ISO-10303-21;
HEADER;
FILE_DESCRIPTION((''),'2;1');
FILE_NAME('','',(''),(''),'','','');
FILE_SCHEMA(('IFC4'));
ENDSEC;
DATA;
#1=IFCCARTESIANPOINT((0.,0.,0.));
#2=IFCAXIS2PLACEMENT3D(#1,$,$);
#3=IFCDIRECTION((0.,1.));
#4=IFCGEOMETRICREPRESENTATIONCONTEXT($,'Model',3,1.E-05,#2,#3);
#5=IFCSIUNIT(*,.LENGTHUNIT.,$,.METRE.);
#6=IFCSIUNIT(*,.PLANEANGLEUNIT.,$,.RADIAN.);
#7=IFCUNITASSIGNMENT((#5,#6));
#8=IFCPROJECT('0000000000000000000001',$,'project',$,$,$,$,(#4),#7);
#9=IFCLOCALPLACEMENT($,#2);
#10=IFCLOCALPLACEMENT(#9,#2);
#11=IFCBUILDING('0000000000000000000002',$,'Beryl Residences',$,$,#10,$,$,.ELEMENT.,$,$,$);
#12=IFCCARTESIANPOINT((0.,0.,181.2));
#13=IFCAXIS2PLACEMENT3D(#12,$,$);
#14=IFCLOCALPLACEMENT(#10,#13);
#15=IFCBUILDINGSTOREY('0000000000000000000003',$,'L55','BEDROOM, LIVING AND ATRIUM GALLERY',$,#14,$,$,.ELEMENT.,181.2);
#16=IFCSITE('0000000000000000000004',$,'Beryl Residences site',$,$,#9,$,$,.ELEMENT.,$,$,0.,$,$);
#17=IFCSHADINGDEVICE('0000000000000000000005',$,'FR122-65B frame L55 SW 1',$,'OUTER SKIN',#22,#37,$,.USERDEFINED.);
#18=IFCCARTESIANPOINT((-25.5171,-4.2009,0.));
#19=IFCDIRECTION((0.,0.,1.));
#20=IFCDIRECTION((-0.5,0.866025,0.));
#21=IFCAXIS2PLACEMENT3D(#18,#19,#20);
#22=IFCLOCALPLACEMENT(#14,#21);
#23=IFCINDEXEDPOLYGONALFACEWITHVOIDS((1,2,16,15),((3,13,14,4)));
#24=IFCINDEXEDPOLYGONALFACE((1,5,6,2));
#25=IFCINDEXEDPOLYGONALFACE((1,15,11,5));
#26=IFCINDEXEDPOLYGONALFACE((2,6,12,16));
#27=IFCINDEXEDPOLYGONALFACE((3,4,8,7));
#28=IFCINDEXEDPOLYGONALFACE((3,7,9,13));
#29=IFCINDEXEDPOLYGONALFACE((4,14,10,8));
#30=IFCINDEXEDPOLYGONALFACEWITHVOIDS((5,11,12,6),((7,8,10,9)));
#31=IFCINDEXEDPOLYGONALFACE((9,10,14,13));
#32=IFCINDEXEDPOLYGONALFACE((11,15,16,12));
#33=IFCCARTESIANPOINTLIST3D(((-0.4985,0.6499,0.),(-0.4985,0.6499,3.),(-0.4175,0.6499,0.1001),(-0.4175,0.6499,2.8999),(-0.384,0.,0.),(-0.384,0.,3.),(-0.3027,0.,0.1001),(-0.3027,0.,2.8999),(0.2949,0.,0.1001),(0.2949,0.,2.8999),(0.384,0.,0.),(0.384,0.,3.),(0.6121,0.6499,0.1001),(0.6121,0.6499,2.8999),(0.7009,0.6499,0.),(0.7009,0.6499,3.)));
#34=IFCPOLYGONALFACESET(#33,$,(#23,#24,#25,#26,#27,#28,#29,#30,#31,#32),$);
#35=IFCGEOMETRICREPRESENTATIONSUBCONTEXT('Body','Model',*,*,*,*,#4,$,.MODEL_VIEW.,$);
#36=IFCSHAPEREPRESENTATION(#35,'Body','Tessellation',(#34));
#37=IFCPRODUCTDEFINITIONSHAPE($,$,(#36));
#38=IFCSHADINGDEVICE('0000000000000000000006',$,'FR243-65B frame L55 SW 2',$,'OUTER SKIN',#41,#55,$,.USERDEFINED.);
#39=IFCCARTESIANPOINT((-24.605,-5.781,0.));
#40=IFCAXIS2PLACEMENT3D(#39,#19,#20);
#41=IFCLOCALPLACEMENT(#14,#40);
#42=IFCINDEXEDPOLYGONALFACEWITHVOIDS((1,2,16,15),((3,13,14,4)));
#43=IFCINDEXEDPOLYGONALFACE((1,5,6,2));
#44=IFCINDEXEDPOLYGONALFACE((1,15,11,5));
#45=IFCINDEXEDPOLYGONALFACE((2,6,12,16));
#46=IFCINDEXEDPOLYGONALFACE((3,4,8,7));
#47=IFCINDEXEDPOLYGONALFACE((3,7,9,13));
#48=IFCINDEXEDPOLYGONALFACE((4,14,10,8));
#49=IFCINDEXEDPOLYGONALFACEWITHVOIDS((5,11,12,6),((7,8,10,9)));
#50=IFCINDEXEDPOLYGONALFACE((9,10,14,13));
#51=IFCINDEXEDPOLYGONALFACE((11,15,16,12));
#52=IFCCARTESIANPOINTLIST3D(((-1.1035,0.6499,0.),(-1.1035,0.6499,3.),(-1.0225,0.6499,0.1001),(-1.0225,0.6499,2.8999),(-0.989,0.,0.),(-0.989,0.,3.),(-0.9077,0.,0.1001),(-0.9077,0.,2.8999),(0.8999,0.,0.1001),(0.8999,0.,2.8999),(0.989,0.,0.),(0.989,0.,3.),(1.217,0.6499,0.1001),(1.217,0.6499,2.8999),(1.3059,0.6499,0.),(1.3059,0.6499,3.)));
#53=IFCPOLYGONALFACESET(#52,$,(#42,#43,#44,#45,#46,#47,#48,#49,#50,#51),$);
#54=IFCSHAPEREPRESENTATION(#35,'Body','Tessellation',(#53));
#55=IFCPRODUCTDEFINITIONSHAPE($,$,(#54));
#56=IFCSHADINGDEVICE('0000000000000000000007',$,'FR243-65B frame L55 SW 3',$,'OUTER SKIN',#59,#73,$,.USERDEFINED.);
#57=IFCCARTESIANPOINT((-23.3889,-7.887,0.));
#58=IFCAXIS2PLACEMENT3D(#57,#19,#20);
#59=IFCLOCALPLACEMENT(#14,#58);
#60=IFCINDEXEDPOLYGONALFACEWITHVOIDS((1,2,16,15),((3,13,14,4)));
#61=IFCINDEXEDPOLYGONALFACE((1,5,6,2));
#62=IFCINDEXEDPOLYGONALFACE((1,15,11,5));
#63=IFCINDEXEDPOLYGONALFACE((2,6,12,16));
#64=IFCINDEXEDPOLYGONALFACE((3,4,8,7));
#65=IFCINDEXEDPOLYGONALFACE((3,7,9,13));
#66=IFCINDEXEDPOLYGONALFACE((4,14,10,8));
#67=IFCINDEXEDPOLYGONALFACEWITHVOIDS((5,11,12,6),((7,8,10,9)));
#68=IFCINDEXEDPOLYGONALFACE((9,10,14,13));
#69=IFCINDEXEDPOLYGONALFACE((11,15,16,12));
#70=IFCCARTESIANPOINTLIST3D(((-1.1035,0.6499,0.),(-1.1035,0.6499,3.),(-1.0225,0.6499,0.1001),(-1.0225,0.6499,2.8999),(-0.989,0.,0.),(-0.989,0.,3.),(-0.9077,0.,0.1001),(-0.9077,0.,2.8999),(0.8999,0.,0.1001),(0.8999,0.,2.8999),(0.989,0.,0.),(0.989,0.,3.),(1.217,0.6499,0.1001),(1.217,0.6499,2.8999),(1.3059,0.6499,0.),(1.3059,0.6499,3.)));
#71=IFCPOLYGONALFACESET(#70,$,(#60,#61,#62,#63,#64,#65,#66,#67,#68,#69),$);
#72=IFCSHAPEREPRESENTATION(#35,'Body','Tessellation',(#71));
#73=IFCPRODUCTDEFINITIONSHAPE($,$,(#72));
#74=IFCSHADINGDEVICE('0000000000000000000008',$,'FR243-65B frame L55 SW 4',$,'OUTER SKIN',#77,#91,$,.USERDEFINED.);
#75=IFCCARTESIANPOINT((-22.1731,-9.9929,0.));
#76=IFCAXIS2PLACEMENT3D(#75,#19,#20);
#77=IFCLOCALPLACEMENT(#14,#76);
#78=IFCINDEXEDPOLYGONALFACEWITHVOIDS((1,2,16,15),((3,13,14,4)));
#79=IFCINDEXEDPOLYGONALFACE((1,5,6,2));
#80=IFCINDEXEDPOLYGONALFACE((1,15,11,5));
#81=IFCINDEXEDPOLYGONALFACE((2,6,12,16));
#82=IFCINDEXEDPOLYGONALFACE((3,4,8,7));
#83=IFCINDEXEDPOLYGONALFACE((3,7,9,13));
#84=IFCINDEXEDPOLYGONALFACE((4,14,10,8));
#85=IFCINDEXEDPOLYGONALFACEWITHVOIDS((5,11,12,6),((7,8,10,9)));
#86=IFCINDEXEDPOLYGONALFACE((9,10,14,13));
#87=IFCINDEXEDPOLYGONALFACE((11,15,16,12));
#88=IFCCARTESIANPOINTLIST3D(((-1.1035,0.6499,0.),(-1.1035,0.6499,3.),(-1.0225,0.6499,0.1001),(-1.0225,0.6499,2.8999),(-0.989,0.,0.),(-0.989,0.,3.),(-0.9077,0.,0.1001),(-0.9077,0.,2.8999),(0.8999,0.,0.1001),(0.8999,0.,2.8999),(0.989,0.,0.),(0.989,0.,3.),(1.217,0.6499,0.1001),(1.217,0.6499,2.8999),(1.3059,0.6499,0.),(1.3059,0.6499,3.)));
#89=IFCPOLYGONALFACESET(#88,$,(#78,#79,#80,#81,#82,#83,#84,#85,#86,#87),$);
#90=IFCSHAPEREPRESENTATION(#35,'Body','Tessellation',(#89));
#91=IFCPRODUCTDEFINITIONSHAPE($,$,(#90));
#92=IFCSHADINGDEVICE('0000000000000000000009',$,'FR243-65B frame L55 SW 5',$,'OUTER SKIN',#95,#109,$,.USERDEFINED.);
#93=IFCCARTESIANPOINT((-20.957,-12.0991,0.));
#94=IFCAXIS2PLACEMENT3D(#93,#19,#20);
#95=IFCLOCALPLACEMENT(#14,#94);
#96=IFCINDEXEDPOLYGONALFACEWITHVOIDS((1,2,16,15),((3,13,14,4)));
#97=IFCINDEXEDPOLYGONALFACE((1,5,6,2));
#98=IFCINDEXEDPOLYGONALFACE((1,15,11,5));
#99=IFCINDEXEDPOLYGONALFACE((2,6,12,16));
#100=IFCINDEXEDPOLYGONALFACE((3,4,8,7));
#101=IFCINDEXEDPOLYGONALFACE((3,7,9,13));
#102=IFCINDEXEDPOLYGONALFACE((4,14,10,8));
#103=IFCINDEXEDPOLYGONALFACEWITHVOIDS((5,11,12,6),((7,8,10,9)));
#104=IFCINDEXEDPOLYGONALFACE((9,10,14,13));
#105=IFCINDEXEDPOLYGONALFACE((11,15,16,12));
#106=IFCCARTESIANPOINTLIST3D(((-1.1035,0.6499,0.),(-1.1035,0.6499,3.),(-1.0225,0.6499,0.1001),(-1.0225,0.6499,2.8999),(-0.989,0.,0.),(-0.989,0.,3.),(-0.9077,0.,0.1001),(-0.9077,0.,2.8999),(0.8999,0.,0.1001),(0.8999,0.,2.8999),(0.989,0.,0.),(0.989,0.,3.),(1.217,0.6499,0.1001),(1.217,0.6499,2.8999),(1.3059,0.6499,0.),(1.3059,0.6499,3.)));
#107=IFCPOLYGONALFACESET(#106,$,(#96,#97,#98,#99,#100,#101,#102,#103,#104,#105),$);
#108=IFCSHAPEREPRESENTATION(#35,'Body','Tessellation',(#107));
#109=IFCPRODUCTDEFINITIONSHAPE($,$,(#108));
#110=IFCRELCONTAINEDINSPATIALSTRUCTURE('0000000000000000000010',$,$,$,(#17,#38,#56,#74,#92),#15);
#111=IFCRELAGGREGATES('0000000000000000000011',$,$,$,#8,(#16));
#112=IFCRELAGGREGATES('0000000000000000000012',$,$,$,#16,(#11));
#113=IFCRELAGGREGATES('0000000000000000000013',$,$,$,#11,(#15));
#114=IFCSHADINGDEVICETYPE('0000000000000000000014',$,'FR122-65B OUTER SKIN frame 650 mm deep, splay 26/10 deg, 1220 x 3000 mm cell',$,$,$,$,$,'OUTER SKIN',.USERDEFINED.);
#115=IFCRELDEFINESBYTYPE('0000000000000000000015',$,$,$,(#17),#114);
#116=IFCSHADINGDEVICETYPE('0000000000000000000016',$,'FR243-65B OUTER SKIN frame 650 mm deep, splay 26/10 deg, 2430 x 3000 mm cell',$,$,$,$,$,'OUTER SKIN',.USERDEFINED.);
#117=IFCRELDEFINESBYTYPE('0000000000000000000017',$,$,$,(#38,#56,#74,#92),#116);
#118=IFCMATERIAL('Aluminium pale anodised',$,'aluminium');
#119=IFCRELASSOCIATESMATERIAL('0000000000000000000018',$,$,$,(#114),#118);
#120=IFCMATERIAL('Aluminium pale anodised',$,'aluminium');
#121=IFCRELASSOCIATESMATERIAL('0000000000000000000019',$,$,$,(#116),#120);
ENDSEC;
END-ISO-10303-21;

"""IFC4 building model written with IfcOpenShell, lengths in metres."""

from ifc_helpers import new_model, entity, si_unit, direction, frame, origin, place, context, subcontext, project, spatial, source, transform, mapped, material, type_object, type_shapes, element, save


model = new_model("IFC4")

# Units and contexts
model_context = context("Model", 3, precision=1e-05, world=origin(), true_north=direction((0.0, 1.0)))
body_context = subcontext(model_context, "Body", "Model", "MODEL_VIEW")
ifc_project = project(units=[si_unit("LENGTHUNIT", "METRE"), si_unit("PLANEANGLEUNIT", "RADIAN")], contexts=[model_context])

# Site, building, storey
site_placement = place(None, origin())
site = spatial("IfcSite", under=ifc_project, at=site_placement, Name="Beryl Residences site", CompositionType="ELEMENT", RefElevation=0.0)
building_placement = place(site_placement, origin())
building = spatial("IfcBuilding", under=site, at=building_placement, Name="Beryl Residences", CompositionType="ELEMENT")
storey_placement = place(building_placement, frame((0.0, 0.0, 181.2)))
storey = spatial("IfcBuildingStorey", under=building, at=storey_placement, Name="L55", Description="BEDROOM, LIVING AND ATRIUM GALLERY", CompositionType="ELEMENT", Elevation=181.2)

# Shading devices
ifc_material_1 = material(Name="Aluminium pale anodised", Category="aluminium")
shading_device_type_1 = type_object("IfcShadingDeviceType", Name="FR122-65B OUTER SKIN frame 650 mm deep, splay 26/10 deg, 1220 x 3000 mm cell", ElementType="OUTER SKIN", PredefinedType="USERDEFINED", material=ifc_material_1)
cartesian_point_1 = entity("IfcCartesianPoint", [-0.384, 0.0])
cartesian_point_2 = entity("IfcCartesianPoint", [-0.2949, 0.1001])
cartesian_point_3 = entity("IfcCartesianPoint", [-0.7009, 0.0])
cartesian_point_4 = entity("IfcCartesianPoint", [-0.6121, 0.1001])
shared_shape_1 = source(origin(), body_context, "Body", "SweptSolid", [
    entity("IfcExtrudedAreaSolidTapered", entity("IfcArbitraryProfileDefWithVoids", "AREA", None, entity("IfcPolyline", [cartesian_point_1, entity("IfcCartesianPoint", [0.384, 0.0]), entity("IfcCartesianPoint", [0.384, 3.0]), entity("IfcCartesianPoint", [-0.384, 3.0]), cartesian_point_1]), [entity("IfcPolyline", [cartesian_point_2, entity("IfcCartesianPoint", [0.3027, 0.1001]), entity("IfcCartesianPoint", [0.3027, 2.8999]), entity("IfcCartesianPoint", [-0.2949, 2.8999]), cartesian_point_2])]), entity("IfcAxis2Placement3D", entity("IfcCartesianPoint", [0.0, 0.0, 0.0]), entity("IfcDirection", [0.0, 1.0, 0.0]), entity("IfcDirection", [-1.0, 0.0, 0.0])), entity("IfcDirection", [0.0, 0.0, 1.0]), 0.6499, entity("IfcArbitraryProfileDefWithVoids", "AREA", None, entity("IfcPolyline", [cartesian_point_3, entity("IfcCartesianPoint", [0.4985, 0.0]), entity("IfcCartesianPoint", [0.4985, 3.0]), entity("IfcCartesianPoint", [-0.7009, 3.0]), cartesian_point_3]), [entity("IfcPolyline", [cartesian_point_4, entity("IfcCartesianPoint", [0.4175, 0.1001]), entity("IfcCartesianPoint", [0.4175, 2.8999]), entity("IfcCartesianPoint", [-0.6121, 2.8999]), cartesian_point_4])])),
])
type_shapes(shading_device_type_1, [shared_shape_1])
shading_device_placement = place(storey_placement, frame((-25.5171, -4.2009, 0.0), z_axis=(0.0, 0.0, 1.0), x_axis=(-0.5, 0.866025, 0.0)))
element("IfcShadingDevice", 1, at=shading_device_placement, inside=storey, type_object=shading_device_type_1, Name="FR122-65B frame L55 SW 1", ObjectType="OUTER SKIN", PredefinedType="USERDEFINED", context=body_context, shape_type="MappedRepresentation", body=[
    mapped(shared_shape_1, transform((0.0, 0.0, 0.0))),
])
ifc_material_2 = material(Name="Aluminium pale anodised", Category="aluminium")
shading_device_type_2 = type_object("IfcShadingDeviceType", Name="FR243-65B OUTER SKIN frame 650 mm deep, splay 26/10 deg, 2430 x 3000 mm cell", ElementType="OUTER SKIN", PredefinedType="USERDEFINED", material=ifc_material_2)
cartesian_point_5 = entity("IfcCartesianPoint", [-0.989, 0.0])
cartesian_point_6 = entity("IfcCartesianPoint", [-0.8999, 0.1001])
cartesian_point_7 = entity("IfcCartesianPoint", [-1.3059, 0.0])
cartesian_point_8 = entity("IfcCartesianPoint", [-1.217, 0.1001])
shared_shape_2 = source(origin(), body_context, "Body", "SweptSolid", [
    entity("IfcExtrudedAreaSolidTapered", entity("IfcArbitraryProfileDefWithVoids", "AREA", None, entity("IfcPolyline", [cartesian_point_5, entity("IfcCartesianPoint", [0.989, 0.0]), entity("IfcCartesianPoint", [0.989, 3.0]), entity("IfcCartesianPoint", [-0.989, 3.0]), cartesian_point_5]), [entity("IfcPolyline", [cartesian_point_6, entity("IfcCartesianPoint", [0.9077, 0.1001]), entity("IfcCartesianPoint", [0.9077, 2.8999]), entity("IfcCartesianPoint", [-0.8999, 2.8999]), cartesian_point_6])]), entity("IfcAxis2Placement3D", entity("IfcCartesianPoint", [0.0, 0.0, 0.0]), entity("IfcDirection", [0.0, 1.0, 0.0]), entity("IfcDirection", [-1.0, 0.0, 0.0])), entity("IfcDirection", [0.0, 0.0, 1.0]), 0.6499, entity("IfcArbitraryProfileDefWithVoids", "AREA", None, entity("IfcPolyline", [cartesian_point_7, entity("IfcCartesianPoint", [1.1035, 0.0]), entity("IfcCartesianPoint", [1.1035, 3.0]), entity("IfcCartesianPoint", [-1.3059, 3.0]), cartesian_point_7]), [entity("IfcPolyline", [cartesian_point_8, entity("IfcCartesianPoint", [1.0225, 0.1001]), entity("IfcCartesianPoint", [1.0225, 2.8999]), entity("IfcCartesianPoint", [-1.217, 2.8999]), cartesian_point_8])])),
])
type_shapes(shading_device_type_2, [shared_shape_2])
for number, where, z_axis, x_axis, name in (
    (2, (-24.605, -5.781, 0.0), (0.0, 0.0, 1.0), (-0.5, 0.866025, 0.0), "FR243-65B frame L55 SW 2"),
    (3, (-23.3889, -7.887, 0.0), (0.0, 0.0, 1.0), (-0.5, 0.866025, 0.0), "FR243-65B frame L55 SW 3"),
    (4, (-22.1731, -9.9929, 0.0), (0.0, 0.0, 1.0), (-0.5, 0.866025, 0.0), "FR243-65B frame L55 SW 4"),
    (5, (-20.957, -12.0991, 0.0), (0.0, 0.0, 1.0), (-0.5, 0.866025, 0.0), "FR243-65B frame L55 SW 5"),
):
    element("IfcShadingDevice", number, at=place(storey_placement, frame(where, z_axis=z_axis, x_axis=x_axis)), inside=storey, type_object=shading_device_type_2, Name=name, ObjectType="OUTER SKIN", PredefinedType="USERDEFINED", context=body_context, shape_type="MappedRepresentation", body=[
        mapped(shared_shape_2, transform((0.0, 0.0, 0.0))),
    ])

save(model, "model.ifc")
